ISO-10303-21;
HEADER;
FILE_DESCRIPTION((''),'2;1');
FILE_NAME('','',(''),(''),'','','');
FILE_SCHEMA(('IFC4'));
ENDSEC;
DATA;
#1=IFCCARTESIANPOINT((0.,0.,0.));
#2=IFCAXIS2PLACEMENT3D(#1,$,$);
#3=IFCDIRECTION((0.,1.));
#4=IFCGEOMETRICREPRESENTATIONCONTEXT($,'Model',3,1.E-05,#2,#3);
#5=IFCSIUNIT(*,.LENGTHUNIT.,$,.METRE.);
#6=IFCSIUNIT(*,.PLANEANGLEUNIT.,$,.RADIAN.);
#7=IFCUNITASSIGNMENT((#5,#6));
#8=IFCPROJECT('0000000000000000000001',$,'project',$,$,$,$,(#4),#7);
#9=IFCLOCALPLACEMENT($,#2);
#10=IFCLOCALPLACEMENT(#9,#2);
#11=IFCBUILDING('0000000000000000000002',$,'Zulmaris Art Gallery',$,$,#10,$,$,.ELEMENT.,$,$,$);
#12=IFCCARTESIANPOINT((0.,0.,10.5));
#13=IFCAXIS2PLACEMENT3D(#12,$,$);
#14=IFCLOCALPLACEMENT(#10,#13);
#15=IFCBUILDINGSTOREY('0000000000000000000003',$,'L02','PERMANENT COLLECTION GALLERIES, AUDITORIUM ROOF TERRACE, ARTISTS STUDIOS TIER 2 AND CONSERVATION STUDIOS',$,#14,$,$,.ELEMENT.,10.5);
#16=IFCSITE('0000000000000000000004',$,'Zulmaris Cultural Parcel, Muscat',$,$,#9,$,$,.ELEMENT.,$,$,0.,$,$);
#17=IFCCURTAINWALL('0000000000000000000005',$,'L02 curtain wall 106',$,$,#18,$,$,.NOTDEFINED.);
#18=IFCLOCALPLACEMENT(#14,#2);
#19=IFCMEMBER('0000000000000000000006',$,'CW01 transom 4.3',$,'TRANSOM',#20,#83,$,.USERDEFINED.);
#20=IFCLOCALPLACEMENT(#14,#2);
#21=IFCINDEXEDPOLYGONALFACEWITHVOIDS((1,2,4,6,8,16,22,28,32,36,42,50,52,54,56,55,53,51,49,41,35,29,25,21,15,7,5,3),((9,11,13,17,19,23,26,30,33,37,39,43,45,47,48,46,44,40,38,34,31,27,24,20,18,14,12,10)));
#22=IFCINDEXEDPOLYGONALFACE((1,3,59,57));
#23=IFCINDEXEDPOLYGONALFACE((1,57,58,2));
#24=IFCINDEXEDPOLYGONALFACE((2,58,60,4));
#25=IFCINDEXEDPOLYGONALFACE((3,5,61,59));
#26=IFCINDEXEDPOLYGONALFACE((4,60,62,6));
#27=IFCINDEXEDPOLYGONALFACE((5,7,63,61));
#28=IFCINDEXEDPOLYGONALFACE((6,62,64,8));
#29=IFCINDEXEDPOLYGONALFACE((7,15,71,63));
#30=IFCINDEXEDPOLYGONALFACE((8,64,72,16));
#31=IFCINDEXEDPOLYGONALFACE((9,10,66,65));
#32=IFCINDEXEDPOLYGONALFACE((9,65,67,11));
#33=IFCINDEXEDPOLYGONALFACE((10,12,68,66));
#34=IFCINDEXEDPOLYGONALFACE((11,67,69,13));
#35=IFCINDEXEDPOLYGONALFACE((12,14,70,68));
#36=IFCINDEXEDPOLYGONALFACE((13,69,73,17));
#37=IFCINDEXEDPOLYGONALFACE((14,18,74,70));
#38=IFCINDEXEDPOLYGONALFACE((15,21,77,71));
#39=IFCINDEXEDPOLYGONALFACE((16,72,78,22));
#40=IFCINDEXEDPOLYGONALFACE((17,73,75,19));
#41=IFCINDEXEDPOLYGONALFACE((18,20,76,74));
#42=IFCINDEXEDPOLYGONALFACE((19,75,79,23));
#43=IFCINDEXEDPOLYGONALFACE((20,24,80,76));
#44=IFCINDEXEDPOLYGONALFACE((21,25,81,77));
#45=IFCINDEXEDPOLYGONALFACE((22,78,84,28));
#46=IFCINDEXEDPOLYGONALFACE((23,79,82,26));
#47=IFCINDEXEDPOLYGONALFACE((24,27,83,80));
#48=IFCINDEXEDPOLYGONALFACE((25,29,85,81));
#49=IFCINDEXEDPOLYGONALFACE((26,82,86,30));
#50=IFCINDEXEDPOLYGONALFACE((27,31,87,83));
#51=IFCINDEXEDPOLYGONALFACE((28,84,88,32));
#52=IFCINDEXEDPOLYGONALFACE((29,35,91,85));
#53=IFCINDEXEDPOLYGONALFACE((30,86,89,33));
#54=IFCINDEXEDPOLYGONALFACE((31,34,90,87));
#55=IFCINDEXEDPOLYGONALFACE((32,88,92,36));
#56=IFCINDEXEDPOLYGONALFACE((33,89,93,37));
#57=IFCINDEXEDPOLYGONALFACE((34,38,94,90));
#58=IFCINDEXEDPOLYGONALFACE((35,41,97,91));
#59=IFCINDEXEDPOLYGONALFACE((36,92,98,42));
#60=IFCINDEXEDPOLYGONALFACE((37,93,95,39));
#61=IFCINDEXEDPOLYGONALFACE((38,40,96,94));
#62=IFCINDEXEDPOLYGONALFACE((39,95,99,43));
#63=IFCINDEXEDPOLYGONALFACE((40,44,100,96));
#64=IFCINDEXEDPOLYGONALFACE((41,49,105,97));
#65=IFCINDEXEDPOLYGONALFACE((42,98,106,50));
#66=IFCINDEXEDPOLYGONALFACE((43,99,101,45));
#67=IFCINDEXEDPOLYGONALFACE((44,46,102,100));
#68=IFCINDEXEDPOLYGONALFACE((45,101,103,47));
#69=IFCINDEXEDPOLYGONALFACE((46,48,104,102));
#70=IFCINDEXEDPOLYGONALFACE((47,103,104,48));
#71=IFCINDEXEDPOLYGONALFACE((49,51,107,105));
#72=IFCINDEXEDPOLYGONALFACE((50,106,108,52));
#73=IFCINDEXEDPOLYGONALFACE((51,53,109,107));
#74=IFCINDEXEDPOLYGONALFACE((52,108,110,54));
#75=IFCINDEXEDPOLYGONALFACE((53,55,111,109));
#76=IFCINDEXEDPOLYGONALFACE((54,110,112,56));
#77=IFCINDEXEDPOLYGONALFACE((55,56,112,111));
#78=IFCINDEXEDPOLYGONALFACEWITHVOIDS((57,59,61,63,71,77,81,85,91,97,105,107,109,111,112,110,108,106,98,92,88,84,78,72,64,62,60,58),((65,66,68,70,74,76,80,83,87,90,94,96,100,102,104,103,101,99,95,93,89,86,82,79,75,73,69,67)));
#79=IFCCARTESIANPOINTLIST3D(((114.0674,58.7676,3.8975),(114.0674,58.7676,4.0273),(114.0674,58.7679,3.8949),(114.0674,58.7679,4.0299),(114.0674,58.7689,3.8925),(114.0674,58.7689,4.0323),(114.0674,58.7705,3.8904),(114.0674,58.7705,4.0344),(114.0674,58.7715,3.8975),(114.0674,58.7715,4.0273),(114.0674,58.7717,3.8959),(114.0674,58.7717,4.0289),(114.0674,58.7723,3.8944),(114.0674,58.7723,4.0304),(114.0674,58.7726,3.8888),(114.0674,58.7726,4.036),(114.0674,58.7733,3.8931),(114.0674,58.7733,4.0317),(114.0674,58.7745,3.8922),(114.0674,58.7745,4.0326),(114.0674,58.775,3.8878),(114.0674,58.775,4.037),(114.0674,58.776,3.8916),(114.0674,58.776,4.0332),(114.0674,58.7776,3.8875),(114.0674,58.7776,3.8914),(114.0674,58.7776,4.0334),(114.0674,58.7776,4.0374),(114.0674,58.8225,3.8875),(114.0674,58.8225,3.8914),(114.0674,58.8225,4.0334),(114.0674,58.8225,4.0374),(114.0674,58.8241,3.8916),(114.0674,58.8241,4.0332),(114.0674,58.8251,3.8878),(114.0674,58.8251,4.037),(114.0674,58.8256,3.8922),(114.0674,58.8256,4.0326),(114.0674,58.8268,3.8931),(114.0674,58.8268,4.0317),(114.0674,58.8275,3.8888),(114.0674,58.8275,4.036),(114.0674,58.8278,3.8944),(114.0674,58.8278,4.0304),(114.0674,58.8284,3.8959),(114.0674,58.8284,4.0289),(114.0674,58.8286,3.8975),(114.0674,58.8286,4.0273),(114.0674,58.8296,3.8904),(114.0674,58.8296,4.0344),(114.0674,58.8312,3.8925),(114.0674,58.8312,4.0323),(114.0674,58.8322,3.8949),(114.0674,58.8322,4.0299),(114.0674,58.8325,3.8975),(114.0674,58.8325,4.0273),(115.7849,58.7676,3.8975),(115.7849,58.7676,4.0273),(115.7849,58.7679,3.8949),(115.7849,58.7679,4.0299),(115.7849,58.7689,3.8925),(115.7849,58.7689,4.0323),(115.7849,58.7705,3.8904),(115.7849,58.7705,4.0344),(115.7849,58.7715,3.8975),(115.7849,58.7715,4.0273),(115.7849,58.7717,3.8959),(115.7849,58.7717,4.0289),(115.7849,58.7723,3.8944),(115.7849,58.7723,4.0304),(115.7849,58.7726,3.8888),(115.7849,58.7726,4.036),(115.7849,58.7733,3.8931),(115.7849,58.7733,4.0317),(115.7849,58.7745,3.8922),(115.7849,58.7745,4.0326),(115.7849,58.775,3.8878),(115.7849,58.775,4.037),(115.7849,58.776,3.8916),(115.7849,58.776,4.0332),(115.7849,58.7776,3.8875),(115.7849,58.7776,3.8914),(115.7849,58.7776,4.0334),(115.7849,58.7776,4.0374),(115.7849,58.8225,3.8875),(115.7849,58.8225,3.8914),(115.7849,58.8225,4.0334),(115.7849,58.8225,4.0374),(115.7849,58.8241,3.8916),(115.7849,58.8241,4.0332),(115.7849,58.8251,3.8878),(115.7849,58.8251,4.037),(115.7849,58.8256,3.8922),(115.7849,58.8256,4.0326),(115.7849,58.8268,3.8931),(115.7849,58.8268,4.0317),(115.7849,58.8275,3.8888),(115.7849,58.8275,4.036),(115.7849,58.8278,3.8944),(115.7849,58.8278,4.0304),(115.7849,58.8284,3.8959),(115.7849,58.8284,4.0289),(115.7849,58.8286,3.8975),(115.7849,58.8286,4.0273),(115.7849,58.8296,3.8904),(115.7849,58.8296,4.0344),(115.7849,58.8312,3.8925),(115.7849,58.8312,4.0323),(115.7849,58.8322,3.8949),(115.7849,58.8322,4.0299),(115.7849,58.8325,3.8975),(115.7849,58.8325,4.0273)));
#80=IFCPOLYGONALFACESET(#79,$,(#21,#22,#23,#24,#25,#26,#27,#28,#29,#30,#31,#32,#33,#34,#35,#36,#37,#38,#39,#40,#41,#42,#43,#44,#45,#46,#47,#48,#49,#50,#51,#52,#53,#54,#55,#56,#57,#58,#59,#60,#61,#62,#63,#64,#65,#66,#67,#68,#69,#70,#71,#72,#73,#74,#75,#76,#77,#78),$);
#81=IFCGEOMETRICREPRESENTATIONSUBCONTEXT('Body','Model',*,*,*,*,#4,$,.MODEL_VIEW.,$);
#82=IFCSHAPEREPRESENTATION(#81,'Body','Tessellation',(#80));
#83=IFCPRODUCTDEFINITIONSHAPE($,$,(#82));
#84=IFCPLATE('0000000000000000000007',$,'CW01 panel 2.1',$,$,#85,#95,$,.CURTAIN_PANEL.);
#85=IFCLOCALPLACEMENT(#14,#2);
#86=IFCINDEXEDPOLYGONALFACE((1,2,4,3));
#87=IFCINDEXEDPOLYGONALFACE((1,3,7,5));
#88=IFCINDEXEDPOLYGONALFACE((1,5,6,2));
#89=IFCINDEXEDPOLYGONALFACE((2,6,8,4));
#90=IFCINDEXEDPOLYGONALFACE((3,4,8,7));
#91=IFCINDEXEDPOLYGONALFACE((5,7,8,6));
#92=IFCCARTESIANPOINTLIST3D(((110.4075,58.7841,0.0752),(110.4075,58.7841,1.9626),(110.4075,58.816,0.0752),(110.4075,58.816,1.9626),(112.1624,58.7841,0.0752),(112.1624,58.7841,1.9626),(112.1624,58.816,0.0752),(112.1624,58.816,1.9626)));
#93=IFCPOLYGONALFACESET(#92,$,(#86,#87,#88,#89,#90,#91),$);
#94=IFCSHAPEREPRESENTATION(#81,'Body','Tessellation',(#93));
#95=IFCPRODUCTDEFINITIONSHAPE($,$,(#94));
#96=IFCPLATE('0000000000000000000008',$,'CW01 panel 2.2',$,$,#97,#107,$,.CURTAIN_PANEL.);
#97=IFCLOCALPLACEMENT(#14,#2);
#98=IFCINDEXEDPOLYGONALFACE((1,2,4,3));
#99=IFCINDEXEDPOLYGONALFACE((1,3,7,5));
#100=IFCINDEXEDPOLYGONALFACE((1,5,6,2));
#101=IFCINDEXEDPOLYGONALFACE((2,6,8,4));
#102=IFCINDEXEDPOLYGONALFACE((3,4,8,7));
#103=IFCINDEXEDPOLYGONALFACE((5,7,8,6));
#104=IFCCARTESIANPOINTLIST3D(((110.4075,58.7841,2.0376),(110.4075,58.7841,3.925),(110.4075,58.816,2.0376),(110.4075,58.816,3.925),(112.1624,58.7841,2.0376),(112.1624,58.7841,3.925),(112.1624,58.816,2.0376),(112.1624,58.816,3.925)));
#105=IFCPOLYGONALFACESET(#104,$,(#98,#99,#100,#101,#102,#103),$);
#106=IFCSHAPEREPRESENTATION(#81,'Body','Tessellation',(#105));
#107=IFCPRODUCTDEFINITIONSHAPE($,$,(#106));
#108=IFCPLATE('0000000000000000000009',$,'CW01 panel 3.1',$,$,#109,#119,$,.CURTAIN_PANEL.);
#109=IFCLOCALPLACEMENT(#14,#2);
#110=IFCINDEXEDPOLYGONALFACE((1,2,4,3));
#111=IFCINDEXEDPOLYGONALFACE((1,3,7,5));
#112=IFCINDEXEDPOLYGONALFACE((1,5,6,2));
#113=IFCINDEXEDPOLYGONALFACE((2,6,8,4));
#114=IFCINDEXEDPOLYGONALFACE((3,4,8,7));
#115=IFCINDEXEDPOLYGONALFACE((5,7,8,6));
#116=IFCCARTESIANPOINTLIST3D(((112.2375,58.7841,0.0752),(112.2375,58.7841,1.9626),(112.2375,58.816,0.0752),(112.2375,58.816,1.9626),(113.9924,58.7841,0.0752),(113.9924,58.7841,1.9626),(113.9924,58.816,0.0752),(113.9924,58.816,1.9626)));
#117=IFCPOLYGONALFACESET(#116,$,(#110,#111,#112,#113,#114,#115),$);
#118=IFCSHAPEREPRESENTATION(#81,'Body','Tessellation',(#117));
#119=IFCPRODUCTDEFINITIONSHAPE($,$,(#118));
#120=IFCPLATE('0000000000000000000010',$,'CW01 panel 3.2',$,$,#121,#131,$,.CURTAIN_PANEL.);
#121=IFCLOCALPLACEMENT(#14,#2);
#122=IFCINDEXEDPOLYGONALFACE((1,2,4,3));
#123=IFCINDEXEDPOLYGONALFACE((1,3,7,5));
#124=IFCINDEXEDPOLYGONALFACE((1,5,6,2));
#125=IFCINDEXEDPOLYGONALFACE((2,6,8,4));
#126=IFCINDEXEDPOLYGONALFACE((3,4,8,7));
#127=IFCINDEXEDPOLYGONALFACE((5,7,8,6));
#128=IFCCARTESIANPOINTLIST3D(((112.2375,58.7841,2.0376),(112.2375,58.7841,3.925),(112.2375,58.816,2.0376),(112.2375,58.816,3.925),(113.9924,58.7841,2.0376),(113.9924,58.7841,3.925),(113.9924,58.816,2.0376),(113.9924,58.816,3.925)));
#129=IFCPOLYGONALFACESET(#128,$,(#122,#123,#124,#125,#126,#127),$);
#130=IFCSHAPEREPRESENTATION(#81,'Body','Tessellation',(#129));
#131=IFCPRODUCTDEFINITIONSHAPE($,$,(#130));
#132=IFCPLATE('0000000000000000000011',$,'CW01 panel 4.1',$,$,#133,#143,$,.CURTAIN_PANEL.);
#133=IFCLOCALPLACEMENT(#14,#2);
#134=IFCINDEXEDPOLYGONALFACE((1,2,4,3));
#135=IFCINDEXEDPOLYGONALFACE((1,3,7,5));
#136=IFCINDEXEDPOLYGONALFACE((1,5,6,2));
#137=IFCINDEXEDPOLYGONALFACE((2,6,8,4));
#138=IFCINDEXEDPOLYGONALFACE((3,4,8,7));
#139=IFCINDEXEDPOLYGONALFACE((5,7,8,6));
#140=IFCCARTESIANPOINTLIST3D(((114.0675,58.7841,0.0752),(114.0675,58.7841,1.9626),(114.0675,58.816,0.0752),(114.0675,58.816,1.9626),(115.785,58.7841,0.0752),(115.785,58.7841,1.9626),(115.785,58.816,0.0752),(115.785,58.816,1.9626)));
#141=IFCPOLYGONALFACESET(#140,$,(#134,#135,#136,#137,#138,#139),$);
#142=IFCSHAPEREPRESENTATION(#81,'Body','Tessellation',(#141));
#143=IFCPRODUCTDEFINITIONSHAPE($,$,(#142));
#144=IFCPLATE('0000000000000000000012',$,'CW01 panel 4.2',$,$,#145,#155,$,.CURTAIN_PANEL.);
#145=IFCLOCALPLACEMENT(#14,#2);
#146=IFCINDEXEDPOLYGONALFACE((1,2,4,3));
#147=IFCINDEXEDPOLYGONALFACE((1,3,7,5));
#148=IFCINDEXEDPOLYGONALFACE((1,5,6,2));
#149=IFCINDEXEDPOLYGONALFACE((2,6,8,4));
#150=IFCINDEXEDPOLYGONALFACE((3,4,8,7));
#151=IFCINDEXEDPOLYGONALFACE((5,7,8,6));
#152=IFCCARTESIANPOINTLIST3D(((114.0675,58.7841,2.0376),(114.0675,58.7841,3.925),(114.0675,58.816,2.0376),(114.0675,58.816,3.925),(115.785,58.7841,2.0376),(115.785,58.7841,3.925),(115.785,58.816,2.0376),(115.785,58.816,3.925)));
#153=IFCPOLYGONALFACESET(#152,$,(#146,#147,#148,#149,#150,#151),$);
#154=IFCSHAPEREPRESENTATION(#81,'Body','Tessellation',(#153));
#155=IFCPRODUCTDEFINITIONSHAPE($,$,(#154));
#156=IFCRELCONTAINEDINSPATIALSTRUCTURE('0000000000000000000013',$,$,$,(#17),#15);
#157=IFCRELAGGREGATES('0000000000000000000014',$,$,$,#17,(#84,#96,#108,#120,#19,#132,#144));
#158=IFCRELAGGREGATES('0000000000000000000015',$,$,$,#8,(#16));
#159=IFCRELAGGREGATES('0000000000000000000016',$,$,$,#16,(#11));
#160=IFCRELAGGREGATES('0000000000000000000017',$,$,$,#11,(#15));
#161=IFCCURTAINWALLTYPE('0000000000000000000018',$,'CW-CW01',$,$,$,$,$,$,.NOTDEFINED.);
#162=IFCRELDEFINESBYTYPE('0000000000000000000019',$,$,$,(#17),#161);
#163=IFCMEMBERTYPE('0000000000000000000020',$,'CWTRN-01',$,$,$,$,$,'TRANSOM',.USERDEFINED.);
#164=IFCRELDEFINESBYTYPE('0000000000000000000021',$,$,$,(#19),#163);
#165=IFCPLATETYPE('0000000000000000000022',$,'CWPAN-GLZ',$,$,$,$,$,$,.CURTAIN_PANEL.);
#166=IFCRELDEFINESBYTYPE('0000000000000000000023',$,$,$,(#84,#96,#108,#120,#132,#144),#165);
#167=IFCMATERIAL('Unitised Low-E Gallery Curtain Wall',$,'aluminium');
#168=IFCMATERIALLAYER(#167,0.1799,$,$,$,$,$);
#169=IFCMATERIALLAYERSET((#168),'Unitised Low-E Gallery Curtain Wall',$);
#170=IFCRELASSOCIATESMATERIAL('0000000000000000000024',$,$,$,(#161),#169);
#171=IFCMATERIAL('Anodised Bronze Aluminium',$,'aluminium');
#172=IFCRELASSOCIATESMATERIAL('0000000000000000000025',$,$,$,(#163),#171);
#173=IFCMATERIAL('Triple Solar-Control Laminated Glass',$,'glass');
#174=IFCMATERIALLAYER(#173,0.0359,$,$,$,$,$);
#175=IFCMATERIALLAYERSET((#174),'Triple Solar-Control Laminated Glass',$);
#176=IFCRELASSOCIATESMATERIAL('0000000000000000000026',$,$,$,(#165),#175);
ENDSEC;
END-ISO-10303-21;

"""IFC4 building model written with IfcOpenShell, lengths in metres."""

from ifc_helpers import new_model, si_unit, direction, frame, origin, origin_2d, place, context, subcontext, project, spatial, rectangle, hollow_rectangle, extrude, material, layer, layer_set, material_profile, profile_set, type_object, element, aggregate, save


model = new_model("IFC4")

# Units and contexts
model_context = context("Model", 3, precision=1e-05, world=origin(), true_north=direction((0.0, 1.0)))
body_context = subcontext(model_context, "Body", "Model", "MODEL_VIEW")
ifc_project = project(units=[si_unit("LENGTHUNIT", "METRE"), si_unit("PLANEANGLEUNIT", "RADIAN")], contexts=[model_context])

# Site, building, storey
site_placement = place(None, origin())
site = spatial("IfcSite", under=ifc_project, at=site_placement, Name="Zulmaris Cultural Parcel, Muscat", CompositionType="ELEMENT", RefElevation=0.0)
building_placement = place(site_placement, origin())
building = spatial("IfcBuilding", under=site, at=building_placement, Name="Zulmaris Art Gallery", CompositionType="ELEMENT")
storey_placement = place(building_placement, frame((0.0, 0.0, 10.5)))
storey = spatial("IfcBuildingStorey", under=building, at=storey_placement, Name="L02", Description="PERMANENT COLLECTION GALLERIES, AUDITORIUM ROOF TERRACE, ARTISTS STUDIOS TIER 2 AND CONSERVATION STUDIOS", CompositionType="ELEMENT", Elevation=10.5)

# Curtain wall, member, plates
ifc_material_1 = material(Name="Unitised Low-E Gallery Curtain Wall", Category="aluminium")
ifc_layer_1 = layer(ifc_material_1, 0.1799)
ifc_layer_set_1 = layer_set([ifc_layer_1], Name="Unitised Low-E Gallery Curtain Wall")
curtain_wall_type = type_object("IfcCurtainWallType", Name="CW-CW01", PredefinedType="NOTDEFINED", material=ifc_layer_set_1)
curtain_wall_placement = place(storey_placement, origin())
curtain_wall = element("IfcCurtainWall", 1, at=curtain_wall_placement, inside=storey, type_object=curtain_wall_type, Name="L02 curtain wall 106", PredefinedType="NOTDEFINED")
ifc_material_2 = material(Name="Anodised Bronze Aluminium", Category="aluminium")
ifc_material_profile_1 = material_profile(ifc_material_2, hollow_rectangle(XDim=0.0649, YDim=0.1499, WallThickness=0.0039, InnerFilletRadius=0.0061, OuterFilletRadius=0.01, at=origin_2d()), Name="ALU 65x150x4")
ifc_profile_set_1 = profile_set([ifc_material_profile_1], Name="Anodised Bronze Aluminium")
member_type_1 = type_object("IfcMemberType", Name="CWTRN-01", ElementType="TRANSOM", PredefinedType="USERDEFINED", material=ifc_profile_set_1)
member_1_placement = place(storey_placement, frame((114.0674, 58.8, 3.9624), z_axis=(1.0, 0.0, 0.0), x_axis=(0.0, 1.0, 0.0)))
member_1 = element("IfcMember", 2, at=member_1_placement, type_object=member_type_1, Name="CW01 transom 4.3", ObjectType="TRANSOM", PredefinedType="USERDEFINED", context=body_context, shape_type="SweptSolid", body=[
    extrude(hollow_rectangle(XDim=0.0649, YDim=0.1499, WallThickness=0.0039, InnerFilletRadius=0.0061, OuterFilletRadius=0.01, at=origin_2d()), origin(), (0.0, 0.0, 1.0), 1.7175),
])
ifc_material_3 = material(Name="Triple Solar-Control Laminated Glass", Category="glass")
ifc_layer_2 = layer(ifc_material_3, 0.0359)
ifc_layer_set_2 = layer_set([ifc_layer_2], Name="Triple Solar-Control Laminated Glass")
plate_type = type_object("IfcPlateType", Name="CWPAN-GLZ", PredefinedType="CURTAIN_PANEL", material=ifc_layer_set_2)
plate_1_placement = place(storey_placement, frame((111.2849, 58.8, 0.0752), z_axis=(0.0, 0.0, 1.0), x_axis=(1.0, 0.0, 0.0)))
plate_1 = element("IfcPlate", 3, at=plate_1_placement, type_object=plate_type, Name="CW01 panel 2.1", PredefinedType="CURTAIN_PANEL", context=body_context, shape_type="SweptSolid", body=[
    extrude(rectangle(XDim=1.7549, YDim=0.032, at=origin_2d()), origin(), (0.0, 0.0, 1.0), 1.8875),
])
plate_2_placement = place(storey_placement, frame((111.2849, 58.8, 2.0376), z_axis=(0.0, 0.0, 1.0), x_axis=(1.0, 0.0, 0.0)))
plate_2 = element("IfcPlate", 4, at=plate_2_placement, type_object=plate_type, Name="CW01 panel 2.2", PredefinedType="CURTAIN_PANEL", context=body_context, shape_type="SweptSolid", body=[
    extrude(rectangle(XDim=1.7549, YDim=0.032, at=origin_2d()), origin(), (0.0, 0.0, 1.0), 1.8875),
])
plate_3_placement = place(storey_placement, frame((113.115, 58.8, 0.0752), z_axis=(0.0, 0.0, 1.0), x_axis=(1.0, 0.0, 0.0)))
plate_3 = element("IfcPlate", 5, at=plate_3_placement, type_object=plate_type, Name="CW01 panel 3.1", PredefinedType="CURTAIN_PANEL", context=body_context, shape_type="SweptSolid", body=[
    extrude(rectangle(XDim=1.7549, YDim=0.032, at=origin_2d()), origin(), (0.0, 0.0, 1.0), 1.8875),
])
plate_4_placement = place(storey_placement, frame((113.115, 58.8, 2.0376), z_axis=(0.0, 0.0, 1.0), x_axis=(1.0, 0.0, 0.0)))
plate_4 = element("IfcPlate", 6, at=plate_4_placement, type_object=plate_type, Name="CW01 panel 3.2", PredefinedType="CURTAIN_PANEL", context=body_context, shape_type="SweptSolid", body=[
    extrude(rectangle(XDim=1.7549, YDim=0.032, at=origin_2d()), origin(), (0.0, 0.0, 1.0), 1.8875),
])
plate_5_placement = place(storey_placement, frame((114.9263, 58.8, 0.0752), z_axis=(0.0, 0.0, 1.0), x_axis=(1.0, 0.0, 0.0)))
plate_5 = element("IfcPlate", 7, at=plate_5_placement, type_object=plate_type, Name="CW01 panel 4.1", PredefinedType="CURTAIN_PANEL", context=body_context, shape_type="SweptSolid", body=[
    extrude(rectangle(XDim=1.7175, YDim=0.032, at=origin_2d()), origin(), (0.0, 0.0, 1.0), 1.8875),
])
plate_6_placement = place(storey_placement, frame((114.9263, 58.8, 2.0376), z_axis=(0.0, 0.0, 1.0), x_axis=(1.0, 0.0, 0.0)))
plate_6 = element("IfcPlate", 8, at=plate_6_placement, type_object=plate_type, Name="CW01 panel 4.2", PredefinedType="CURTAIN_PANEL", context=body_context, shape_type="SweptSolid", body=[
    extrude(rectangle(XDim=1.7175, YDim=0.032, at=origin_2d()), origin(), (0.0, 0.0, 1.0), 1.8875),
])
aggregate(curtain_wall, [plate_1, plate_2, plate_3, plate_4, member_1, plate_5, plate_6])

save(model, "model.ifc")
